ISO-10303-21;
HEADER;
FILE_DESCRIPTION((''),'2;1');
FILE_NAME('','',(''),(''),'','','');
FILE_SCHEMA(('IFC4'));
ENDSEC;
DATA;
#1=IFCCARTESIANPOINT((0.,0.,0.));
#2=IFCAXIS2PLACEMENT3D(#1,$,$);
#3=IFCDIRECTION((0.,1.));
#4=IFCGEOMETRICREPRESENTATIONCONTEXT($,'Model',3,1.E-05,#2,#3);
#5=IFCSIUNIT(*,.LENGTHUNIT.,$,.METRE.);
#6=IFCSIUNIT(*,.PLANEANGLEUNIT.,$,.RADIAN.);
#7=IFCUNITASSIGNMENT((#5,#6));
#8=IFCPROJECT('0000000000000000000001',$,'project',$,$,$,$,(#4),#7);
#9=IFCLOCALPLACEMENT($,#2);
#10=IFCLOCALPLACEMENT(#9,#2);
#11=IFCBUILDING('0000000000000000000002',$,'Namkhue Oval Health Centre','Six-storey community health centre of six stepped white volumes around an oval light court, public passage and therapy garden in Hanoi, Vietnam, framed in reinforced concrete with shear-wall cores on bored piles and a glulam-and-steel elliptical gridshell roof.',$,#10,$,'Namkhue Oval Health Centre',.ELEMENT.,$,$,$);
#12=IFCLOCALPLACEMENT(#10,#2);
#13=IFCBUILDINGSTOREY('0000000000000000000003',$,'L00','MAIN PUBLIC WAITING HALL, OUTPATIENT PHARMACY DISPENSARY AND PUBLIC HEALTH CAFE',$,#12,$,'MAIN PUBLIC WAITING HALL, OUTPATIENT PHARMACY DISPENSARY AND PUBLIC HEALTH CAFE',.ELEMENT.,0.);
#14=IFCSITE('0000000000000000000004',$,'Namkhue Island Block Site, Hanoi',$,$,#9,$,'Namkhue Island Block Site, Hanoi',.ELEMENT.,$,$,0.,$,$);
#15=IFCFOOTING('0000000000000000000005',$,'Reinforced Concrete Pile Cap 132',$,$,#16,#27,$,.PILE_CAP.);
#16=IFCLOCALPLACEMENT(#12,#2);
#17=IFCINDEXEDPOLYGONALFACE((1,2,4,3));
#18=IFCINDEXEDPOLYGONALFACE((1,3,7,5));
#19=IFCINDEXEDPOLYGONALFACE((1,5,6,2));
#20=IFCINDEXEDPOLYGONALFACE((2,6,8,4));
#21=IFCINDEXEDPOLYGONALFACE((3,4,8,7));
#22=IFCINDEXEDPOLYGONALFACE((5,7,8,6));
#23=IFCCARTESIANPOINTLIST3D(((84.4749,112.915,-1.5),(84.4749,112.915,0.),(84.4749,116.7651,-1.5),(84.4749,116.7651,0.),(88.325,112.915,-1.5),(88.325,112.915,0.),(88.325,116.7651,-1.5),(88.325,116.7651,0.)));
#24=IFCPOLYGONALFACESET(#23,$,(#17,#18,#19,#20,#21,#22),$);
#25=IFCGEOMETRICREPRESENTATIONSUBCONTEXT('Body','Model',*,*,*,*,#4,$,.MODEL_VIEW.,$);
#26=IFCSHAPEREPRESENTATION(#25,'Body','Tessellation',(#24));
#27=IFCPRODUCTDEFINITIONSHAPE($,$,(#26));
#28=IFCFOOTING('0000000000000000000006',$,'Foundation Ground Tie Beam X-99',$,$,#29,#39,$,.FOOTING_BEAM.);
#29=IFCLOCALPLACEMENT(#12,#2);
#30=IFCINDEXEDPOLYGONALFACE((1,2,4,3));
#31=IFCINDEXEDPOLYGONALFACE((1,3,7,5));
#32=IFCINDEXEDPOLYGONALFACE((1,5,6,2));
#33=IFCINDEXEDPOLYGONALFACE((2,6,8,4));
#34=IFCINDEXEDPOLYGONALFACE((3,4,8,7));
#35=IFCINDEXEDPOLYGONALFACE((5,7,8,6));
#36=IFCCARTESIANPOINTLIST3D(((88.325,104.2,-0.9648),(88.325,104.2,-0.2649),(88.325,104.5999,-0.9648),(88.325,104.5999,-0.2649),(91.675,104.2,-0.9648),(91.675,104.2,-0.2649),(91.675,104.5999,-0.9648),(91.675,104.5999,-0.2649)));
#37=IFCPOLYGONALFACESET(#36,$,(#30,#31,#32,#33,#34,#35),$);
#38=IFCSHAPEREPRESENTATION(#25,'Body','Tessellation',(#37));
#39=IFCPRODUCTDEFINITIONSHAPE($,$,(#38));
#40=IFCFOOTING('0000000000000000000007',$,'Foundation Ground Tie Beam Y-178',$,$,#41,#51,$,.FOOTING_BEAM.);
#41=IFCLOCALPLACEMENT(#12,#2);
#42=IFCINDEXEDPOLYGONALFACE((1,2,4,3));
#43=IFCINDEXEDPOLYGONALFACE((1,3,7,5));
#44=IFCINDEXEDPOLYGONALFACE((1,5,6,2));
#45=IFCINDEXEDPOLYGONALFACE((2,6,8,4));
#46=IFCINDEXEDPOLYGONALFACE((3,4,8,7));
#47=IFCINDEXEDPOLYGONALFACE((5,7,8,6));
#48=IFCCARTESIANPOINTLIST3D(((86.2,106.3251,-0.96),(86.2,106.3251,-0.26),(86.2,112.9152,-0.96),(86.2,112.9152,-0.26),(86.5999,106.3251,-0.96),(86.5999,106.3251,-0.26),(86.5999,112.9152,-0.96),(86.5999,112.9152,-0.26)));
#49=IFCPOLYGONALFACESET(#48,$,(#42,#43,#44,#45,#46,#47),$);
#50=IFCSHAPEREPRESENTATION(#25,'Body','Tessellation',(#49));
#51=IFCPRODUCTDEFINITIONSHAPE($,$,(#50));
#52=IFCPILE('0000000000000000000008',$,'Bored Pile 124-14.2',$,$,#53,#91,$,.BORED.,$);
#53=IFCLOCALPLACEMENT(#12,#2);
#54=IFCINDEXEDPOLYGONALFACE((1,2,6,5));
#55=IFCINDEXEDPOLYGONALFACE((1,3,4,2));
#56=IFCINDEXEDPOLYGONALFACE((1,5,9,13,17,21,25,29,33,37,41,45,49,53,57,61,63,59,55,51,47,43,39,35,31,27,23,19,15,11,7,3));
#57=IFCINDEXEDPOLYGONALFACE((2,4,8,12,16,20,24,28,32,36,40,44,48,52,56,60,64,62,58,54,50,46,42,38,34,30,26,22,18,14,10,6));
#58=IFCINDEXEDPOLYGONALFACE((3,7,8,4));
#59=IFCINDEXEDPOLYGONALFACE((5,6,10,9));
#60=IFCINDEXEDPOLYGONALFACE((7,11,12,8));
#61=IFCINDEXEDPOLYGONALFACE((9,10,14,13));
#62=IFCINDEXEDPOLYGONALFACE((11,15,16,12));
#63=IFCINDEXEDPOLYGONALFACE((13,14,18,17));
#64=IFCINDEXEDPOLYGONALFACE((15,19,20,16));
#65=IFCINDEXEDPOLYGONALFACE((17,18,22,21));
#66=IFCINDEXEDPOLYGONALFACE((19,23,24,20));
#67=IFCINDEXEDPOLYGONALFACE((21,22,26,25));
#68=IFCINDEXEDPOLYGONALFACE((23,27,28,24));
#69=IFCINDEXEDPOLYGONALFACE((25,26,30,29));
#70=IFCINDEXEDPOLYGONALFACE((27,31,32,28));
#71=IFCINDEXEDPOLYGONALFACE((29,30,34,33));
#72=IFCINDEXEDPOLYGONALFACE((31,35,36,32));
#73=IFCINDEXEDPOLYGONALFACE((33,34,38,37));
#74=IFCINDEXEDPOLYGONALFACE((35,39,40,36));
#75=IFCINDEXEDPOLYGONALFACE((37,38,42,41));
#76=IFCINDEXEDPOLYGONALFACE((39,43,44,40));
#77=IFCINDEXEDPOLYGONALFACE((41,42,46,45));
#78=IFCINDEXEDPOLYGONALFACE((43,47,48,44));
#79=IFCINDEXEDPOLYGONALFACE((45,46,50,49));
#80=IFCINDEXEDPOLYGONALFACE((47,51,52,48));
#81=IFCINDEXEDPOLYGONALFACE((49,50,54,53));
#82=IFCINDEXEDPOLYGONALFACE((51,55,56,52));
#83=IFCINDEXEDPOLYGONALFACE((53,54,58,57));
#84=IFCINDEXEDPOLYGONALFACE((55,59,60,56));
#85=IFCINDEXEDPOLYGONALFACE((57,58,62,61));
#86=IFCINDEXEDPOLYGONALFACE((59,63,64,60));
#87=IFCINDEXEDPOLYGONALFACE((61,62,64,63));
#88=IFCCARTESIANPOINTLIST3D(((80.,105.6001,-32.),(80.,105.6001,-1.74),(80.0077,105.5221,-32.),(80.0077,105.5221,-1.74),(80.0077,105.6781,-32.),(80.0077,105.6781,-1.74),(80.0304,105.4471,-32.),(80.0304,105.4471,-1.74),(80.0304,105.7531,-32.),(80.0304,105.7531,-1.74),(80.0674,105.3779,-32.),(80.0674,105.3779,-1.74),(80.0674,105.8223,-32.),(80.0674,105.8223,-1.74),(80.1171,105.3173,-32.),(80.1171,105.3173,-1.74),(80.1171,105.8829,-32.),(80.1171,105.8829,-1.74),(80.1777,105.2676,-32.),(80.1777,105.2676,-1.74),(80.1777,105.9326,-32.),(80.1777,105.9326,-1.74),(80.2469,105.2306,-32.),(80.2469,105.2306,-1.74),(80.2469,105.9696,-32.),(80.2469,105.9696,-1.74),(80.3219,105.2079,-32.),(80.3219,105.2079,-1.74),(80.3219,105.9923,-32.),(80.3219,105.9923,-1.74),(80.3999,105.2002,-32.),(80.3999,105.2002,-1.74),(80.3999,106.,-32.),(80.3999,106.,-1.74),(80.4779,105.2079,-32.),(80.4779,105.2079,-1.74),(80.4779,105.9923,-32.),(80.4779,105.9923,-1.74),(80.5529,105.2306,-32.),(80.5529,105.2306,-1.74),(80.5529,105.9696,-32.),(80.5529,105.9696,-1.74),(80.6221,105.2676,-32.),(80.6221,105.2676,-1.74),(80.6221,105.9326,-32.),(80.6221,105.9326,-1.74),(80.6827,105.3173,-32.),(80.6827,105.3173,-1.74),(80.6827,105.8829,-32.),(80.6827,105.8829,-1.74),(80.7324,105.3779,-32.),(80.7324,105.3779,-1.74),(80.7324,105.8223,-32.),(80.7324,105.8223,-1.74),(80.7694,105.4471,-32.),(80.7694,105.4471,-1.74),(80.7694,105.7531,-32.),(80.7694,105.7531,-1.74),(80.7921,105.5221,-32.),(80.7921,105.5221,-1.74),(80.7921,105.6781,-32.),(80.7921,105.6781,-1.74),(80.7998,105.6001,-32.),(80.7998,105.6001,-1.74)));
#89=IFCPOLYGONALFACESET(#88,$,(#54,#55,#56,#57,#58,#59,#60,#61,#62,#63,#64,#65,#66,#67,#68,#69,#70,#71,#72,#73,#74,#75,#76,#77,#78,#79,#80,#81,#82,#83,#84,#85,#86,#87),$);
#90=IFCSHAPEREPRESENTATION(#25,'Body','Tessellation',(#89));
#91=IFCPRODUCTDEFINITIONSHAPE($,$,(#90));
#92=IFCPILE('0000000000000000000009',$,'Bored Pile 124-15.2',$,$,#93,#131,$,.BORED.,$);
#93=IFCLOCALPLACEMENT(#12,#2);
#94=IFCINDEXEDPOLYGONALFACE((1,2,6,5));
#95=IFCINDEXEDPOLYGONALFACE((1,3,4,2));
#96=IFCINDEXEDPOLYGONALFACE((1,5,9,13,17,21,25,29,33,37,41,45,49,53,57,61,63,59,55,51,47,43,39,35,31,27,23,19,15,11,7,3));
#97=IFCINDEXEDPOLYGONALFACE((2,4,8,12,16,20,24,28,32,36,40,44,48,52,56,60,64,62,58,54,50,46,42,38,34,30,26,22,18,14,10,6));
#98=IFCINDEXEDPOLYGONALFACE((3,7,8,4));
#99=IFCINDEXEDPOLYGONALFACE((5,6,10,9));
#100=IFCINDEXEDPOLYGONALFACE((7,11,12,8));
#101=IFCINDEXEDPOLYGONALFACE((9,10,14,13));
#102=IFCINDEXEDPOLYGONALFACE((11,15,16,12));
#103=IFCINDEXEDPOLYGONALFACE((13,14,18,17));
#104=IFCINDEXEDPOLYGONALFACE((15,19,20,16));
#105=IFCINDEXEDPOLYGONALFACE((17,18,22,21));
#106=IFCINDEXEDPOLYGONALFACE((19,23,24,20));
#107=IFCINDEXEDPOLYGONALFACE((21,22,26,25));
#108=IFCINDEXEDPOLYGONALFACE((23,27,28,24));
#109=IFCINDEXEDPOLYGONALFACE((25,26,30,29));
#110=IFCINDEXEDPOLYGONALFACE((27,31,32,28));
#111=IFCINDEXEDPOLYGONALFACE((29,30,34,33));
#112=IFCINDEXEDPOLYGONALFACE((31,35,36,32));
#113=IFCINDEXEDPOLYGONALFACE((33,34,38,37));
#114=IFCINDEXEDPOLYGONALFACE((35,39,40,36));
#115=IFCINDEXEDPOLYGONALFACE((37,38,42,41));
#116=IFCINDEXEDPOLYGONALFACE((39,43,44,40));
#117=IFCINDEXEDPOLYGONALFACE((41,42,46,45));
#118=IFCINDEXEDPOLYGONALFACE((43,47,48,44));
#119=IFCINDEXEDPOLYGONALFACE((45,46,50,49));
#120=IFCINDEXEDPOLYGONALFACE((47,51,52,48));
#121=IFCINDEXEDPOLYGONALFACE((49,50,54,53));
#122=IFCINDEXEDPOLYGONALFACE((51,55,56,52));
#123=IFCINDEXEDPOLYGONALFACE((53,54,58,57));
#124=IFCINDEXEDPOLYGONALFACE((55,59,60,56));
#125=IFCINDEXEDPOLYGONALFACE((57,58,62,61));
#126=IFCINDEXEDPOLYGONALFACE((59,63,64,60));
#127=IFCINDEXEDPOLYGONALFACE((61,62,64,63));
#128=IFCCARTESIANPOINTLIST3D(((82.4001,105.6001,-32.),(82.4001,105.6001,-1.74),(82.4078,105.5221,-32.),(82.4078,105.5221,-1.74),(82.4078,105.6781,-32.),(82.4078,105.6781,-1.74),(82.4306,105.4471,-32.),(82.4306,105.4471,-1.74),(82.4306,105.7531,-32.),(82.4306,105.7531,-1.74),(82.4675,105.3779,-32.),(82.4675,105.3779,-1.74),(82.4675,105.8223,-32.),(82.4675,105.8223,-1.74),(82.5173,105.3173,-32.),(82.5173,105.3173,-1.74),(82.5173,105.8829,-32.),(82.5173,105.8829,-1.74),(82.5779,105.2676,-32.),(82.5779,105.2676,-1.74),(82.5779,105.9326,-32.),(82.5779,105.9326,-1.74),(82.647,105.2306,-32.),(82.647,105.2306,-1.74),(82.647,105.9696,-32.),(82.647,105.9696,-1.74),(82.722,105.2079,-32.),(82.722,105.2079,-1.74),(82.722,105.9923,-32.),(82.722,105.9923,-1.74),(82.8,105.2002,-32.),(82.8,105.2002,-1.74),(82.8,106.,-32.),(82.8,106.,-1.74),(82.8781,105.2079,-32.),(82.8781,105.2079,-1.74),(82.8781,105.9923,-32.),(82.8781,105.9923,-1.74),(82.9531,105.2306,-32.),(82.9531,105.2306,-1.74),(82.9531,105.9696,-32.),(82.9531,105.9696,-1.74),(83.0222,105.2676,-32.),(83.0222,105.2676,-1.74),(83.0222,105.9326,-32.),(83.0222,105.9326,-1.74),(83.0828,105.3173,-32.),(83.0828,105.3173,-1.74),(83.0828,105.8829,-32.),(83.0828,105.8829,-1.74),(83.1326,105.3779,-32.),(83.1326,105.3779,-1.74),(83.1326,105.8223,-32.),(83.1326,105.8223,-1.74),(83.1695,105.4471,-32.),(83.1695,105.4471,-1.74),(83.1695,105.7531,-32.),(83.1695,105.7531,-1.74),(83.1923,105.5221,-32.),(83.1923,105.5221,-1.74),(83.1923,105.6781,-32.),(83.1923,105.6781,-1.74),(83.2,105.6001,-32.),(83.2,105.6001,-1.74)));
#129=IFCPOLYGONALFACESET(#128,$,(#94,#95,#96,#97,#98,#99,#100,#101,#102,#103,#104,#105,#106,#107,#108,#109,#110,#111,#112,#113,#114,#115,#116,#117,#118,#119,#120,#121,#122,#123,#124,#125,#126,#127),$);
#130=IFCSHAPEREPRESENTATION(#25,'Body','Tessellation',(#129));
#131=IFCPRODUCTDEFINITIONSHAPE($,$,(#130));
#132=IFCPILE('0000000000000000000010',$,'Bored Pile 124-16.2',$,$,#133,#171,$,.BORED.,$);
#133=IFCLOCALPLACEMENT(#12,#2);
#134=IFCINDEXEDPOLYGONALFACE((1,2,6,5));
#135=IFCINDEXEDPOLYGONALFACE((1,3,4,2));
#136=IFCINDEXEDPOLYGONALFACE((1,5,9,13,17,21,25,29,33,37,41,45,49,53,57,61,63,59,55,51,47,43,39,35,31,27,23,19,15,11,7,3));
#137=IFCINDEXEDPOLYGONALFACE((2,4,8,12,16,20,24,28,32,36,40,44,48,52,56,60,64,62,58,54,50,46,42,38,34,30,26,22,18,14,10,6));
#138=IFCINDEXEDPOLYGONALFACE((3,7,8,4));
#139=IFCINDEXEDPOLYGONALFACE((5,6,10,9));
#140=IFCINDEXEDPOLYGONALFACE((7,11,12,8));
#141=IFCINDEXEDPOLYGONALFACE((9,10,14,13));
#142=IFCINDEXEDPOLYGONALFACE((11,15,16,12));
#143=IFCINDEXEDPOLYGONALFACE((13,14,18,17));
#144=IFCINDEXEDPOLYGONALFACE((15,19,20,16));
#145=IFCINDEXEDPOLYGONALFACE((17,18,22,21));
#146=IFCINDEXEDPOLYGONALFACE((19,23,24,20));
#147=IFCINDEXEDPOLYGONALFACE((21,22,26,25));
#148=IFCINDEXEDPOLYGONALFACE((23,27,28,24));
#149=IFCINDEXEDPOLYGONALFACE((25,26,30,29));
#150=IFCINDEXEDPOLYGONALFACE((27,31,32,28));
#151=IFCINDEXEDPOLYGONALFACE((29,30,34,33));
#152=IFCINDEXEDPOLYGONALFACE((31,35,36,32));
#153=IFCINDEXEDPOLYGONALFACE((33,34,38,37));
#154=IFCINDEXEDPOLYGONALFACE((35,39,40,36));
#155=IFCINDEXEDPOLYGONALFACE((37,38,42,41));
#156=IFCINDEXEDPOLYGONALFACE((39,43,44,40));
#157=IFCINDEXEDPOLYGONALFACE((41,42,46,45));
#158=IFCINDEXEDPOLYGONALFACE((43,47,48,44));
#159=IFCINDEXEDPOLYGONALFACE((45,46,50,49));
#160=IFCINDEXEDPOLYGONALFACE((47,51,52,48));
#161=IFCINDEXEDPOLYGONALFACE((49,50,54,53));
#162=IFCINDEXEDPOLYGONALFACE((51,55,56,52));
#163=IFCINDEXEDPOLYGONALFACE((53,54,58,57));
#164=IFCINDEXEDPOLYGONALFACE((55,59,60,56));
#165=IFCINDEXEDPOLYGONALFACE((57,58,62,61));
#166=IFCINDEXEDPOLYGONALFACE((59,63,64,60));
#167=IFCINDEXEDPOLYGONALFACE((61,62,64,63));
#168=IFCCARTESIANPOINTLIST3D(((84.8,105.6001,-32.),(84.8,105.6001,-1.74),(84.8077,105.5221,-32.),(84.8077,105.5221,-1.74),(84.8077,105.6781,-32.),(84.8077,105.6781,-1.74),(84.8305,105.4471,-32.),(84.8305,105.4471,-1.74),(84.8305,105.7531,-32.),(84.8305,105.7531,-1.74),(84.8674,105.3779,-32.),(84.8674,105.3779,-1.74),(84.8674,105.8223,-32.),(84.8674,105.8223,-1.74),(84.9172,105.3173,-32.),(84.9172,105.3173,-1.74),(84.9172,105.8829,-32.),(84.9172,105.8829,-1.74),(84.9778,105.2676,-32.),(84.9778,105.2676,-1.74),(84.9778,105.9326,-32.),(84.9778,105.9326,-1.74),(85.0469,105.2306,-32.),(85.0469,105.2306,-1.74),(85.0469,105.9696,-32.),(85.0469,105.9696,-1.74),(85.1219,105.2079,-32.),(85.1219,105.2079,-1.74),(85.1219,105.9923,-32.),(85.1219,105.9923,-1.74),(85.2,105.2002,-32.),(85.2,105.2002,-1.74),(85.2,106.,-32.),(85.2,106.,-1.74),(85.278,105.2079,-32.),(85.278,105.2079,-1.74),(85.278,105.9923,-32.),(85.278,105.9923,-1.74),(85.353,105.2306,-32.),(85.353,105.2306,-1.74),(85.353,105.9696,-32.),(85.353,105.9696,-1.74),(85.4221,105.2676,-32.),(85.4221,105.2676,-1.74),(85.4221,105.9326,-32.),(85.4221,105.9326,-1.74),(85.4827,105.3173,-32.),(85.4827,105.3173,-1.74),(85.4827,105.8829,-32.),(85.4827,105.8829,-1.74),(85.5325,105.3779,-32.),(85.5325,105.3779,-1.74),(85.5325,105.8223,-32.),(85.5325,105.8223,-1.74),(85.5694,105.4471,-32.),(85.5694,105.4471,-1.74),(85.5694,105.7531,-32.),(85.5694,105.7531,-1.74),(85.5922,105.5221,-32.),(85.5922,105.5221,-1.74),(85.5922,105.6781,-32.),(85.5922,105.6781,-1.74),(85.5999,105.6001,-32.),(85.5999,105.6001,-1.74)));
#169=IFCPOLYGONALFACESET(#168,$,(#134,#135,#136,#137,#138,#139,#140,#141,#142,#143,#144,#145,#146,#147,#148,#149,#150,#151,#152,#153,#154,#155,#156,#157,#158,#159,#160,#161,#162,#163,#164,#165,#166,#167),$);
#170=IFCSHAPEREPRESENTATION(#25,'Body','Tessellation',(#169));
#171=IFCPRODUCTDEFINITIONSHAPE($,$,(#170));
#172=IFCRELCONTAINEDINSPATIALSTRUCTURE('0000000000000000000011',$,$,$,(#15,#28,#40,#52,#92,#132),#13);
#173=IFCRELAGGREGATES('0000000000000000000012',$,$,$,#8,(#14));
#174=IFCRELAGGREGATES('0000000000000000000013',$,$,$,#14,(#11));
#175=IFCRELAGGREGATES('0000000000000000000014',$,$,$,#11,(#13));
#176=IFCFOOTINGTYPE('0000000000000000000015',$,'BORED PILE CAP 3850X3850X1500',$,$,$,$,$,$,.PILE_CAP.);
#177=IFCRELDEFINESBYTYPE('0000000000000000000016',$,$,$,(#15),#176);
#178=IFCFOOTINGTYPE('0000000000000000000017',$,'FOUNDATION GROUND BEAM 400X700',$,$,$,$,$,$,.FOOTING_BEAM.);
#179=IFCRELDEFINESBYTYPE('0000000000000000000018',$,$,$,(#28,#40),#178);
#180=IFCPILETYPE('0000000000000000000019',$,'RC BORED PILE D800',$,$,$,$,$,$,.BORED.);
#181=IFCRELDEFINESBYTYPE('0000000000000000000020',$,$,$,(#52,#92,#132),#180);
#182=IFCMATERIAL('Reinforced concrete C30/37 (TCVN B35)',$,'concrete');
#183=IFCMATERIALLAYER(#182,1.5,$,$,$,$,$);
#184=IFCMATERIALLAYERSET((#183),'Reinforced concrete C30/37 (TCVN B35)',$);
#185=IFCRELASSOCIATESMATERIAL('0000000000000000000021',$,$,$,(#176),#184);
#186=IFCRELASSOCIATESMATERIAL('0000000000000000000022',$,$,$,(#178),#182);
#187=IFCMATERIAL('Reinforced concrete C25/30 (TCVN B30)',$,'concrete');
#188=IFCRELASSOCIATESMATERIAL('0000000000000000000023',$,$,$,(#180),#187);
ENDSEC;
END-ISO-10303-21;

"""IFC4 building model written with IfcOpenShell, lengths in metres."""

from ifc_helpers import new_model, si_unit, direction, frame, origin, origin_2d, place, context, subcontext, project, spatial, rectangle, circle, extrude, material, layer, layer_set, material_profile, profile_set, type_object, element, save


model = new_model("IFC4")

# Units and contexts
model_context = context("Model", 3, precision=1e-05, world=origin(), true_north=direction((0.0, 1.0)))
body_context = subcontext(model_context, "Body", "Model", "MODEL_VIEW")
ifc_project = project(units=[si_unit("LENGTHUNIT", "METRE"), si_unit("PLANEANGLEUNIT", "RADIAN")], contexts=[model_context])

# Site, building, storey
site_placement = place(None, origin())
site = spatial("IfcSite", under=ifc_project, at=site_placement, Name="Namkhue Island Block Site, Hanoi", LongName="Namkhue Island Block Site, Hanoi", CompositionType="ELEMENT", RefElevation=0.0)
building_placement = place(site_placement, origin())
building = spatial("IfcBuilding", under=site, at=building_placement, Name="Namkhue Oval Health Centre", Description="Six-storey community health centre of six stepped white volumes around an oval light court, public passage and therapy garden in Hanoi, Vietnam, framed in reinforced concrete with shear-wall cores on bored piles and a glulam-and-steel elliptical gridshell roof.", LongName="Namkhue Oval Health Centre", CompositionType="ELEMENT")
storey_placement = place(building_placement, origin())
storey = spatial("IfcBuildingStorey", under=building, at=storey_placement, Name="L00", Description="MAIN PUBLIC WAITING HALL, OUTPATIENT PHARMACY DISPENSARY AND PUBLIC HEALTH CAFE", LongName="MAIN PUBLIC WAITING HALL, OUTPATIENT PHARMACY DISPENSARY AND PUBLIC HEALTH CAFE", CompositionType="ELEMENT", Elevation=0.0)

# Footings
ifc_material_1 = material(Name="Reinforced concrete C30/37 (TCVN B35)", Category="concrete")
ifc_layer_1 = layer(ifc_material_1, 1.5)
ifc_layer_set_1 = layer_set([ifc_layer_1], Name="Reinforced concrete C30/37 (TCVN B35)")
footing_type_1 = type_object("IfcFootingType", Name="BORED PILE CAP 3850X3850X1500", PredefinedType="PILE_CAP", material=ifc_layer_set_1)
footing_1_placement = place(storey_placement, frame((86.3999, 114.8401, -1.5), z_axis=(0.0, 0.0, 1.0), x_axis=(1.0, 0.0, 0.0)))
element("IfcFooting", 1, at=footing_1_placement, inside=storey, type_object=footing_type_1, Name="Reinforced Concrete Pile Cap 132", PredefinedType="PILE_CAP", context=body_context, shape_type="SweptSolid", body=[
    extrude(rectangle(XDim=3.8501, YDim=3.8501, at=origin_2d()), origin(), (0.0, 0.0, 1.0), 1.5),
])
footing_type_2 = type_object("IfcFootingType", Name="FOUNDATION GROUND BEAM 400X700", PredefinedType="FOOTING_BEAM", material=ifc_material_1)
footing_2_placement = place(storey_placement, frame((90.0, 104.3999, -0.9648), z_axis=(0.0, 0.0, 1.0), x_axis=(1.0, 0.0, 0.0)))
element("IfcFooting", 2, at=footing_2_placement, inside=storey, type_object=footing_type_2, Name="Foundation Ground Tie Beam X-99", PredefinedType="FOOTING_BEAM", context=body_context, shape_type="SweptSolid", body=[
    extrude(rectangle(XDim=3.3501, YDim=0.3999, at=origin_2d()), origin(), (0.0, 0.0, 1.0), 0.7),
])
footing_3_placement = place(storey_placement, frame((86.3999, 109.6201, -0.96), z_axis=(0.0, 0.0, 1.0), x_axis=(0.0, 1.0, 0.0)))
element("IfcFooting", 3, at=footing_3_placement, inside=storey, type_object=footing_type_2, Name="Foundation Ground Tie Beam Y-178", PredefinedType="FOOTING_BEAM", context=body_context, shape_type="SweptSolid", body=[
    extrude(rectangle(XDim=6.5901, YDim=0.3999, at=origin_2d()), origin(), (0.0, 0.0, 1.0), 0.7),
])

# Piles
ifc_material_2 = material(Name="Reinforced concrete C25/30 (TCVN B30)", Category="concrete")
ifc_material_profile_1 = material_profile(ifc_material_2, circle(Radius=0.3999, at=origin_2d()), Name="BORED PILE D800")
ifc_profile_set_1 = profile_set([ifc_material_profile_1], Name="Reinforced concrete C25/30 (TCVN B30)")
pile_type = type_object("IfcPileType", Name="RC BORED PILE D800", PredefinedType="BORED", material=ifc_profile_set_1)
for number, where, z_axis, x_axis, name in (
    (4, (80.3999, 105.6001, -1.74), (0.0, 0.0, -1.0), (1.0, 0.0, 0.0), "Bored Pile 124-14.2"),
    (5, (82.8, 105.6001, -1.74), (0.0, 0.0, -1.0), (1.0, 0.0, 0.0), "Bored Pile 124-15.2"),
    (6, (85.2, 105.6001, -1.74), (0.0, 0.0, -1.0), (1.0, 0.0, 0.0), "Bored Pile 124-16.2"),
):
    element("IfcPile", number, at=place(storey_placement, frame(where, z_axis=z_axis, x_axis=x_axis)), inside=storey, type_object=pile_type, Name=name, PredefinedType="BORED", context=body_context, shape_type="SweptSolid", body=[
        extrude(circle(Radius=0.3999, at=origin_2d()), origin(), (0.0, 0.0, 1.0), 30.26),
    ])

save(model, "model.ifc")
